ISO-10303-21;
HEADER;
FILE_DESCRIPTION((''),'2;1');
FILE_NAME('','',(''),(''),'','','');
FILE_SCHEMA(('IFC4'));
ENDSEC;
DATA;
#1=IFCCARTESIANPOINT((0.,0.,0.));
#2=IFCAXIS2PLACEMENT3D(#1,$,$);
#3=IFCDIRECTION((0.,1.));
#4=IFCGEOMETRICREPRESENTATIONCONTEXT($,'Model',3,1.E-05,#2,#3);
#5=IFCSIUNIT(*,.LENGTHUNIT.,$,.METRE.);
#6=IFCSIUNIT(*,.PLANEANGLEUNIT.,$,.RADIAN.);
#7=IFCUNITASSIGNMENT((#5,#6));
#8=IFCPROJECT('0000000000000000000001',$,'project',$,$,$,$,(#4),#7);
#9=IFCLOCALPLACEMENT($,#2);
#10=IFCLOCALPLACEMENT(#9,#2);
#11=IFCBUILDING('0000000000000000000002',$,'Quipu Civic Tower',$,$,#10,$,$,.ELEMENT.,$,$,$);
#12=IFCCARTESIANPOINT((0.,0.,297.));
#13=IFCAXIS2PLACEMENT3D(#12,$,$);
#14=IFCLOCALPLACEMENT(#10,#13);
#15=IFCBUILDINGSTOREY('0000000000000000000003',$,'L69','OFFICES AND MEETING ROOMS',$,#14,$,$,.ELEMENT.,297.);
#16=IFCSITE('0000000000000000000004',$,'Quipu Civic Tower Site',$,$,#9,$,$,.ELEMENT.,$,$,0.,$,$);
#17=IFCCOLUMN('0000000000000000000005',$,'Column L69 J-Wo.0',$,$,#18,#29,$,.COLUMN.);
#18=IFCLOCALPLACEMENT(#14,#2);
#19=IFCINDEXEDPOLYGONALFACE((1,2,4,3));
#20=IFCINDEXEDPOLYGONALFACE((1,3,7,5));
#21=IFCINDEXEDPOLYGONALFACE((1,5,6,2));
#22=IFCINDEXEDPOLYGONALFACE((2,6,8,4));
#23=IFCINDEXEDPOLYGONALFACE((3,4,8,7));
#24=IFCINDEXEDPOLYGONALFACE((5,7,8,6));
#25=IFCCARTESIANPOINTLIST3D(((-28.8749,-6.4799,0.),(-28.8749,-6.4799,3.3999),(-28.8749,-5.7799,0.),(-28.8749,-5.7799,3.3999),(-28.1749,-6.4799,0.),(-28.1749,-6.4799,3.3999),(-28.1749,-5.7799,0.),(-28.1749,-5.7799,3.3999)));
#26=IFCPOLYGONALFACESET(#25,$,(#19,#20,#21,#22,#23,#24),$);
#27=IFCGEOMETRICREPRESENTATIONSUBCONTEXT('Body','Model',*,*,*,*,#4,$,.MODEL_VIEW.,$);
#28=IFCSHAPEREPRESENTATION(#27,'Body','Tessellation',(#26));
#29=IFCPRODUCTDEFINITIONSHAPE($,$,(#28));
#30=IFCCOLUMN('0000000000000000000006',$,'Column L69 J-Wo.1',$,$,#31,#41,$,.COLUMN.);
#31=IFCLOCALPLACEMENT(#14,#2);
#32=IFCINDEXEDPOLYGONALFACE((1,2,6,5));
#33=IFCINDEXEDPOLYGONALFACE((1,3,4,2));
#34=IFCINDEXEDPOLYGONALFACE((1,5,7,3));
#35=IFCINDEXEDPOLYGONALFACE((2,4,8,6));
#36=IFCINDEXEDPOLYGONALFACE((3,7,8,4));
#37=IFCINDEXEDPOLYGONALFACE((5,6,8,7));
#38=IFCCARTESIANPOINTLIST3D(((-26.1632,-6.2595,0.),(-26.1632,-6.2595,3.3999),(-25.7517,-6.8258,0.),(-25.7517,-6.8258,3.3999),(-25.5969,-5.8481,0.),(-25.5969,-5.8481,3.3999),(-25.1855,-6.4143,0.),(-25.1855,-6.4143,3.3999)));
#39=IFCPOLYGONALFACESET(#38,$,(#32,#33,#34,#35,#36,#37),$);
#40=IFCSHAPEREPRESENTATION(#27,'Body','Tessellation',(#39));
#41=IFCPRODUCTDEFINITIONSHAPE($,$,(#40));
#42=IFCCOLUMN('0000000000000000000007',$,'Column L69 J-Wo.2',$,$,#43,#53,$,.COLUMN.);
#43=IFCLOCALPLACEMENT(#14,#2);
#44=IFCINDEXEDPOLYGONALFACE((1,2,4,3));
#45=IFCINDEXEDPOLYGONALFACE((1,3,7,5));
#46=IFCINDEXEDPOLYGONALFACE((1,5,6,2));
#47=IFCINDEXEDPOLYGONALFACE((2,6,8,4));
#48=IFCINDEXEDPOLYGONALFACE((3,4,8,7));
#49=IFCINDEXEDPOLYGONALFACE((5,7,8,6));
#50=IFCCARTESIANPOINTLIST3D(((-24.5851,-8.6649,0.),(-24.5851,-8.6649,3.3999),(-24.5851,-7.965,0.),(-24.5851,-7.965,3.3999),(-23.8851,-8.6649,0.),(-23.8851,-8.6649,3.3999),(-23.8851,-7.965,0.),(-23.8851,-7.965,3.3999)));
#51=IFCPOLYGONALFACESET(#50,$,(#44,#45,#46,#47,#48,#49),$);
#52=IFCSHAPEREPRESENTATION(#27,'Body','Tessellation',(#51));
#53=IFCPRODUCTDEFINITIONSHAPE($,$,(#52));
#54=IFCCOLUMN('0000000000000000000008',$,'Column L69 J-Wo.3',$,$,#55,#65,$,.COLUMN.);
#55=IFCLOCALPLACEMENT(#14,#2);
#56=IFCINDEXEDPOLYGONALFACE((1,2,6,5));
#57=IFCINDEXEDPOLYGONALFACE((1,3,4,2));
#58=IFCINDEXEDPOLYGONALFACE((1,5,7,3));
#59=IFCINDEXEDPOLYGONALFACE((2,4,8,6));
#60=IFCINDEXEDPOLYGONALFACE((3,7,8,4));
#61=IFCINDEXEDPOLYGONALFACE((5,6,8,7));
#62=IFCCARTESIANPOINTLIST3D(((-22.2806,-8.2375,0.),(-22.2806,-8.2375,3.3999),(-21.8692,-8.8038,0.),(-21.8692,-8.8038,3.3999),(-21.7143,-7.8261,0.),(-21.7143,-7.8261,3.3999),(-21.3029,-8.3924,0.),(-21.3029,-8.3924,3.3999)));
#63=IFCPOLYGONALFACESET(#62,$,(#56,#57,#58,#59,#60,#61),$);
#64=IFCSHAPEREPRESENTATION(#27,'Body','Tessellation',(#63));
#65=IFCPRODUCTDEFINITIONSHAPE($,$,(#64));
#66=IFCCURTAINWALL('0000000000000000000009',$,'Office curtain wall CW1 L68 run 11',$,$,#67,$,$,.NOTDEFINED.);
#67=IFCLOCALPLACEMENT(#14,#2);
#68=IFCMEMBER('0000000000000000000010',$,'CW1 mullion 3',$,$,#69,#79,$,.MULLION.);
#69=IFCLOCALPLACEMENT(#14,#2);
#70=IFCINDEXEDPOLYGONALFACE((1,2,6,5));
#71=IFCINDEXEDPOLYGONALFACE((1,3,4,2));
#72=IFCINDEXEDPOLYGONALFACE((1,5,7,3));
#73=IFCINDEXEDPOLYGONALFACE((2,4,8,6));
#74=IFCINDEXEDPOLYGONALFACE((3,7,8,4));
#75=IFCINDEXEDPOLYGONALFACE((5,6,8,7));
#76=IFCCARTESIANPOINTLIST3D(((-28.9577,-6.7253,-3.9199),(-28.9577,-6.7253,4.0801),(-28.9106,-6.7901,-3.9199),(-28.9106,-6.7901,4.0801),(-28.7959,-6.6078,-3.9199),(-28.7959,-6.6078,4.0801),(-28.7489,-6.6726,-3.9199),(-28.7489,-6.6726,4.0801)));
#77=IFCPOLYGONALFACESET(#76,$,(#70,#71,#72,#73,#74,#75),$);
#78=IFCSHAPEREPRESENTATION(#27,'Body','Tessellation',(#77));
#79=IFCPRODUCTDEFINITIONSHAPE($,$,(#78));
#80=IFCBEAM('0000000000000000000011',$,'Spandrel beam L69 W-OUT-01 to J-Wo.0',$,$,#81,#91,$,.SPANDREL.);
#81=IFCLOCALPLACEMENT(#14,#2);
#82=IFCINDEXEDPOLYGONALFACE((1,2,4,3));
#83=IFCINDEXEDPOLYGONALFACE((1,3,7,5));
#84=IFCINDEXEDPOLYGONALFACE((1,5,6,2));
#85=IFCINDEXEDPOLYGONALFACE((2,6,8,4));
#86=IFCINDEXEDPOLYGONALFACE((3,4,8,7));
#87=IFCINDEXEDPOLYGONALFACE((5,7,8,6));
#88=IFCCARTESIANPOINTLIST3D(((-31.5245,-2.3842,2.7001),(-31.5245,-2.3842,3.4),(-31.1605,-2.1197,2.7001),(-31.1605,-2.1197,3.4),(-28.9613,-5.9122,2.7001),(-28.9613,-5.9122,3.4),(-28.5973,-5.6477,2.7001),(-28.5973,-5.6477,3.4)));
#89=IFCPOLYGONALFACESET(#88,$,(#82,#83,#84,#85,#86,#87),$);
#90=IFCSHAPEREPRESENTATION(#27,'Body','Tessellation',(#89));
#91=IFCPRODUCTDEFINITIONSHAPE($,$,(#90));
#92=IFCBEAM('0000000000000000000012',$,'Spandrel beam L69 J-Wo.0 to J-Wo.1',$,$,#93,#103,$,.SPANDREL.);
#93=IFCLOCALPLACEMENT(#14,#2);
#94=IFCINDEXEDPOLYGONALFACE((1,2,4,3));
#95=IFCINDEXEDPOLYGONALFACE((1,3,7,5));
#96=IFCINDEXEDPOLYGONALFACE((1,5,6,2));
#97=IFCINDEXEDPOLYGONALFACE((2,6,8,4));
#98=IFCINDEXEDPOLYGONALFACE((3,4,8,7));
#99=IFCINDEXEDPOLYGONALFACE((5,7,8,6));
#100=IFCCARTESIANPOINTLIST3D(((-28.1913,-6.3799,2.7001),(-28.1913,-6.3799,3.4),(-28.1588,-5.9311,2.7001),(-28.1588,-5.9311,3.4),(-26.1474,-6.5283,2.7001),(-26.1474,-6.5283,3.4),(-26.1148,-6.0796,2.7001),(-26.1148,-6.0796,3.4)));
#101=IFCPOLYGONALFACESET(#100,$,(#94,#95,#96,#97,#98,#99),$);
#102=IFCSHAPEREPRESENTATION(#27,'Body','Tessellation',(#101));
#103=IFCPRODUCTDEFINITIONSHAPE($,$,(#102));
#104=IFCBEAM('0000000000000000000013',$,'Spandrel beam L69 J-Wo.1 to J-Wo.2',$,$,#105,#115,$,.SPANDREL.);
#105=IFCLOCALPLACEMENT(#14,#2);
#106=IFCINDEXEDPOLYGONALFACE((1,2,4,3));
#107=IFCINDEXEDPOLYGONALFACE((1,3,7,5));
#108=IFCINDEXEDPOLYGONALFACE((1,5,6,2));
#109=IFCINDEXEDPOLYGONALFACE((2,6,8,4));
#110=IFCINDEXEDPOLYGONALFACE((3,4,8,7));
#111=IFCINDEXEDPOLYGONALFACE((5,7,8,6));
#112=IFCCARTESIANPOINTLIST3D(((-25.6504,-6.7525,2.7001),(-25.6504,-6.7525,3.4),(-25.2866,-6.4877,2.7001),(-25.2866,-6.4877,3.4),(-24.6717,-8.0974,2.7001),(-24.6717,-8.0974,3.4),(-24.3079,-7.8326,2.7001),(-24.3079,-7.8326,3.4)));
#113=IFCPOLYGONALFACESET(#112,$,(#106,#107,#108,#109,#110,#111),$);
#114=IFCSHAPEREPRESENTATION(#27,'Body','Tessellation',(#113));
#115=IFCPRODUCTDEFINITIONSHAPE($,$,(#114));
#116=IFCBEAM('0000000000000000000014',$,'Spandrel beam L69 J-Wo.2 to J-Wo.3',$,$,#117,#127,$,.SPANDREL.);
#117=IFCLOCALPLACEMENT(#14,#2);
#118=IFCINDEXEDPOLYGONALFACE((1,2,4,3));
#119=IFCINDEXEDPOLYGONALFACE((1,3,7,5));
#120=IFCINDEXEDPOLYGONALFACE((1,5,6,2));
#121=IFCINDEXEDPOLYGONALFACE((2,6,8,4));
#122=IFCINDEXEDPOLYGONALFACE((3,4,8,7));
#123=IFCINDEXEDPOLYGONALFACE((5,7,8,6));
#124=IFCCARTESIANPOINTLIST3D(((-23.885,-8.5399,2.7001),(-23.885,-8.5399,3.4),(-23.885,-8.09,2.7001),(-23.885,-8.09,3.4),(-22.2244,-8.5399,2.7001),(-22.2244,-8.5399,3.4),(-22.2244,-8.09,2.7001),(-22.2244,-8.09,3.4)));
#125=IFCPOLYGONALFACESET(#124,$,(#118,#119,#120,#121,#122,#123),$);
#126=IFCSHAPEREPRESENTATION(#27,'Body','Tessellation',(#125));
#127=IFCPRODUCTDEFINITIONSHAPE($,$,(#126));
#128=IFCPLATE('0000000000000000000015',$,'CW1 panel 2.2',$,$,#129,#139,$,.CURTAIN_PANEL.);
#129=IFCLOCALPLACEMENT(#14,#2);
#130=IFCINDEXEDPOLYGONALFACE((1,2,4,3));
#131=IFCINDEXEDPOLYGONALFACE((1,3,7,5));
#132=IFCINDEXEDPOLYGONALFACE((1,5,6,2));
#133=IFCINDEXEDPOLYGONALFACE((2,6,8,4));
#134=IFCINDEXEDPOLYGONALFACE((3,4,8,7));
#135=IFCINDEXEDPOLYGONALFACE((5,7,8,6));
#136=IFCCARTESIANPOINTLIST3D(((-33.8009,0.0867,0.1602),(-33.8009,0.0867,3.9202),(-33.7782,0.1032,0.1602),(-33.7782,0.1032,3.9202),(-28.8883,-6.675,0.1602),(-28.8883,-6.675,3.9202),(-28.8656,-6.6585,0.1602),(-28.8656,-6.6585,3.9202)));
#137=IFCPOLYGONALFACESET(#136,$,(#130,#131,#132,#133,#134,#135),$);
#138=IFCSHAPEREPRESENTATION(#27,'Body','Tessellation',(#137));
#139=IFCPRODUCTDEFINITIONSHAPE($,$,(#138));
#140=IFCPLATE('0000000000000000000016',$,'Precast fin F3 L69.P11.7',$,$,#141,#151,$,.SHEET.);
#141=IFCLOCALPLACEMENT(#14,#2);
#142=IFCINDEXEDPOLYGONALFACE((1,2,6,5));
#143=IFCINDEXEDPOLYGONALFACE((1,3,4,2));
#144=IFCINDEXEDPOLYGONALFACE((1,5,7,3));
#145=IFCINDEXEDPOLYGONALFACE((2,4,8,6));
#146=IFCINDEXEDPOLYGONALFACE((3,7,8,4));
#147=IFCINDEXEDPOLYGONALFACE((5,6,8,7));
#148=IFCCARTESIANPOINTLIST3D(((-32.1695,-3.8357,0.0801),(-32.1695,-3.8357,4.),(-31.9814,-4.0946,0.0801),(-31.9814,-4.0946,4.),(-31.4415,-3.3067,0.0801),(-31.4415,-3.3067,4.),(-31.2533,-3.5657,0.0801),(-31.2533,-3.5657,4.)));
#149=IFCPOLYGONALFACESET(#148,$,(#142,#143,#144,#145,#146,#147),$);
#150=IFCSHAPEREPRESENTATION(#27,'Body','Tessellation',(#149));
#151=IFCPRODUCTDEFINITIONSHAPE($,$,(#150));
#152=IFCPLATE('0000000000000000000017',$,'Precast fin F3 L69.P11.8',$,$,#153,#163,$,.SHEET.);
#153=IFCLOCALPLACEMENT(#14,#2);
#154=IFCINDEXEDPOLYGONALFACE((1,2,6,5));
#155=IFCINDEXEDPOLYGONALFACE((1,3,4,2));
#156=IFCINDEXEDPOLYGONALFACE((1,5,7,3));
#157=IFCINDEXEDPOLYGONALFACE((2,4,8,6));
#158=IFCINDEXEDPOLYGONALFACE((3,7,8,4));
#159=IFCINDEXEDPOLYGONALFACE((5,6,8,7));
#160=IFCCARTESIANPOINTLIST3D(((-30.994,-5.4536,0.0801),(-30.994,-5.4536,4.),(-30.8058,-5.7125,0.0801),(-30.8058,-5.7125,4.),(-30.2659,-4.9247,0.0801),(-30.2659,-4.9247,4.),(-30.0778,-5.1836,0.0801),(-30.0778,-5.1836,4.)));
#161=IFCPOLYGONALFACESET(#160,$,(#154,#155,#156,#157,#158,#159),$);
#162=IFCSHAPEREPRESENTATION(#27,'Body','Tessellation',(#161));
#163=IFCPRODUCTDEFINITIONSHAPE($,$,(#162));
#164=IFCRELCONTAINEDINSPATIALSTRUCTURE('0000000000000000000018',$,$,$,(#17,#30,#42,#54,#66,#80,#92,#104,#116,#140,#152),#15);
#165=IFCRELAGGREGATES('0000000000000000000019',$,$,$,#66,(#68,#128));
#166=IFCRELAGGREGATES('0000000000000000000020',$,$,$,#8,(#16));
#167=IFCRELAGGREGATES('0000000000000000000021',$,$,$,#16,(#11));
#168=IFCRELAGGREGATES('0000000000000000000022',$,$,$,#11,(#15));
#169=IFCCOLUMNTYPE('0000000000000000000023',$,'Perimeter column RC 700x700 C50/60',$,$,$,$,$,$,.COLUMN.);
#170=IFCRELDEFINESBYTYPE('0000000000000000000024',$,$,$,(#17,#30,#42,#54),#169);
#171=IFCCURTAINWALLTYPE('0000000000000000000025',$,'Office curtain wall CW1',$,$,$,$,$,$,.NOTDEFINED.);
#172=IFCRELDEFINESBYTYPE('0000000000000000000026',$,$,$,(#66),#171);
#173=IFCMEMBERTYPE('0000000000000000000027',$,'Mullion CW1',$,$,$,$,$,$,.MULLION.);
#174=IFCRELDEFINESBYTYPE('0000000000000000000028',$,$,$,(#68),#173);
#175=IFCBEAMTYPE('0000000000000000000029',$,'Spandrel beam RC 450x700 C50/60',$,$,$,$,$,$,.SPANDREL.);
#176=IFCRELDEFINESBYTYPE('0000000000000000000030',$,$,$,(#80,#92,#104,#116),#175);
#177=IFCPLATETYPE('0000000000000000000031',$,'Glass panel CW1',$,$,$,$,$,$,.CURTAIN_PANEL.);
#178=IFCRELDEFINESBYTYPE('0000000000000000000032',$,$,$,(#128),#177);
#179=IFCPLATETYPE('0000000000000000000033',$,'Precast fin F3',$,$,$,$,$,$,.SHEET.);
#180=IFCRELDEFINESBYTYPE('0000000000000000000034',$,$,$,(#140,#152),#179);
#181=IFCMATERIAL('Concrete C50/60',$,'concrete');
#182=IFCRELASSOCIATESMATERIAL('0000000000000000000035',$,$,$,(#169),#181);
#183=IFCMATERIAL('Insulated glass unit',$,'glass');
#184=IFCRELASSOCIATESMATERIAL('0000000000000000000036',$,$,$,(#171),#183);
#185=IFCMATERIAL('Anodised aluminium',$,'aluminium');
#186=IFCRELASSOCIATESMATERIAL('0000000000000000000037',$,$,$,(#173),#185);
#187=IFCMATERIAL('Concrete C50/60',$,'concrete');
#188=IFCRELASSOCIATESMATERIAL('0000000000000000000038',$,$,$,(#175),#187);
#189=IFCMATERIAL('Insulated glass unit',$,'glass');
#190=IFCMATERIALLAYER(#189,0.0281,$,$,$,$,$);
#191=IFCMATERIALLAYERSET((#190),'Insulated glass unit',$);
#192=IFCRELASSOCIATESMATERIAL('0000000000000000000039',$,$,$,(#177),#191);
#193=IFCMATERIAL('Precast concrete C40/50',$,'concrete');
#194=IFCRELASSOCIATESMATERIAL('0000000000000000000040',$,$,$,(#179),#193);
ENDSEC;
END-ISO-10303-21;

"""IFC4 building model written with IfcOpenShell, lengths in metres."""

from ifc_helpers import new_model, si_unit, direction, frame, origin, origin_2d, place, context, subcontext, project, spatial, rectangle, extrude, material, layer, layer_set, material_profile, profile_set, type_object, element, aggregate, save


model = new_model("IFC4")

# Units and contexts
model_context = context("Model", 3, precision=1e-05, world=origin(), true_north=direction((0.0, 1.0)))
body_context = subcontext(model_context, "Body", "Model", "MODEL_VIEW")
ifc_project = project(units=[si_unit("LENGTHUNIT", "METRE"), si_unit("PLANEANGLEUNIT", "RADIAN")], contexts=[model_context])

# Site, building, storey
site_placement = place(None, origin())
site = spatial("IfcSite", under=ifc_project, at=site_placement, Name="Quipu Civic Tower Site", CompositionType="ELEMENT", RefElevation=0.0)
building_placement = place(site_placement, origin())
building = spatial("IfcBuilding", under=site, at=building_placement, Name="Quipu Civic Tower", CompositionType="ELEMENT")
storey_placement = place(building_placement, frame((0.0, 0.0, 297.0)))
storey = spatial("IfcBuildingStorey", under=building, at=storey_placement, Name="L69", Description="OFFICES AND MEETING ROOMS", CompositionType="ELEMENT", Elevation=297.0)

# Columns
ifc_material_1 = material(Name="Concrete C50/60", Category="concrete")
ifc_material_profile_1 = material_profile(ifc_material_1, rectangle(XDim=0.7, YDim=0.7, at=origin_2d()), Name="RC700x700")
ifc_profile_set_1 = profile_set([ifc_material_profile_1], Name="Concrete C50/60")
column_type = type_object("IfcColumnType", Name="Perimeter column RC 700x700 C50/60", PredefinedType="COLUMN", material=ifc_profile_set_1)
for number, where, z_axis, x_axis, name in (
    (1, (-28.5249, -6.1299, 0.0), (0.0, 0.0, 1.0), (1.0, 0.0, 0.0), "Column L69 J-Wo.0"),
    (2, (-25.6743, -6.3369, 0.0), (0.0, 0.0, 1.0), (0.587785, -0.809017, 0.0), "Column L69 J-Wo.1"),
    (3, (-24.2351, -8.3149, 0.0), (0.0, 0.0, 1.0), (1.0, 0.0, 0.0), "Column L69 J-Wo.2"),
    (4, (-21.7917, -8.3149, 0.0), (0.0, 0.0, 1.0), (0.587785, -0.809017, 0.0), "Column L69 J-Wo.3"),
):
    element("IfcColumn", number, at=place(storey_placement, frame(where, z_axis=z_axis, x_axis=x_axis)), inside=storey, type_object=column_type, Name=name, PredefinedType="COLUMN", context=body_context, shape_type="SweptSolid", body=[
        extrude(rectangle(XDim=0.7, YDim=0.7, at=origin_2d()), origin(), (0.0, 0.0, 1.0), 3.3999),
    ])

# Curtain wall, member
ifc_material_2 = material(Name="Insulated glass unit", Category="glass")
curtain_wall_type = type_object("IfcCurtainWallType", Name="Office curtain wall CW1", PredefinedType="NOTDEFINED", material=ifc_material_2)
curtain_wall_placement = place(storey_placement, origin())
curtain_wall = element("IfcCurtainWall", 5, at=curtain_wall_placement, inside=storey, type_object=curtain_wall_type, Name="Office curtain wall CW1 L68 run 11", PredefinedType="NOTDEFINED")
ifc_material_3 = material(Name="Anodised aluminium", Category="aluminium")
ifc_material_profile_2 = material_profile(ifc_material_3, rectangle(XDim=0.2, YDim=0.0801, at=origin_2d()), Name="RECT 200x80")
ifc_profile_set_2 = profile_set([ifc_material_profile_2], Name="Anodised aluminium")
member_type = type_object("IfcMemberType", Name="Mullion CW1", PredefinedType="MULLION", material=ifc_profile_set_2)
member_placement = place(storey_placement, frame((-28.8533, -6.699, -3.9199), z_axis=(0.0, 0.0, 1.0), x_axis=(0.809016, 0.587786, 0.0)))
member = element("IfcMember", 6, at=member_placement, type_object=member_type, Name="CW1 mullion 3", PredefinedType="MULLION", context=body_context, shape_type="SweptSolid", body=[
    extrude(rectangle(XDim=0.2, YDim=0.0801, at=origin_2d()), origin(), (0.0, 0.0, 1.0), 8.0),
])

# Beams
ifc_material_4 = material(Name="Concrete C50/60", Category="concrete")
ifc_material_profile_3 = material_profile(ifc_material_4, rectangle(XDim=0.45, YDim=0.7, at=origin_2d()), Name="RC450x700")
ifc_profile_set_3 = profile_set([ifc_material_profile_3], Name="Concrete C50/60")
beam_type = type_object("IfcBeamType", Name="Spandrel beam RC 450x700 C50/60", PredefinedType="SPANDREL", material=ifc_profile_set_3)
beam_1_placement = place(storey_placement, frame((-31.3425, -2.252, 3.05), z_axis=(0.587776, -0.809024, 0.0), x_axis=(0.809024, 0.587776, 0.0)))
element("IfcBeam", 7, at=beam_1_placement, inside=storey, type_object=beam_type, Name="Spandrel beam L69 W-OUT-01 to J-Wo.0", PredefinedType="SPANDREL", context=body_context, shape_type="SweptSolid", body=[
    extrude(rectangle(XDim=0.45, YDim=0.7, at=origin_2d()), origin(), (0.0, 0.0, 1.0), 4.3608),
])
beam_2_placement = place(storey_placement, frame((-28.175, -6.1555, 3.05), z_axis=(0.997373, -0.072432, 0.0), x_axis=(0.072432, 0.997373, 0.0)))
element("IfcBeam", 8, at=beam_2_placement, inside=storey, type_object=beam_type, Name="Spandrel beam L69 J-Wo.0 to J-Wo.1", PredefinedType="SPANDREL", context=body_context, shape_type="SweptSolid", body=[
    extrude(rectangle(XDim=0.45, YDim=0.7, at=origin_2d()), origin(), (0.0, 0.0, 1.0), 2.0493),
])
beam_3_placement = place(storey_placement, frame((-25.4685, -6.6201, 3.05), z_axis=(0.588407, -0.808565, 0.0), x_axis=(0.808565, 0.588407, 0.0)))
element("IfcBeam", 9, at=beam_3_placement, inside=storey, type_object=beam_type, Name="Spandrel beam L69 J-Wo.1 to J-Wo.2", PredefinedType="SPANDREL", context=body_context, shape_type="SweptSolid", body=[
    extrude(rectangle(XDim=0.45, YDim=0.7, at=origin_2d()), origin(), (0.0, 0.0, 1.0), 1.6633),
])
beam_4_placement = place(storey_placement, frame((-23.885, -8.3149, 3.05), z_axis=(1.0, 0.0, 0.0), x_axis=(0.0, 1.0, 0.0)))
element("IfcBeam", 10, at=beam_4_placement, inside=storey, type_object=beam_type, Name="Spandrel beam L69 J-Wo.2 to J-Wo.3", PredefinedType="SPANDREL", context=body_context, shape_type="SweptSolid", body=[
    extrude(rectangle(XDim=0.45, YDim=0.7, at=origin_2d()), origin(), (0.0, 0.0, 1.0), 1.6606),
])

# Plate
ifc_material_5 = material(Name="Insulated glass unit", Category="glass")
ifc_layer_1 = layer(ifc_material_5, 0.0281)
ifc_layer_set_1 = layer_set([ifc_layer_1], Name="Insulated glass unit")
plate_type_1 = type_object("IfcPlateType", Name="Glass panel CW1", PredefinedType="CURTAIN_PANEL", material=ifc_layer_set_1)
plate_placement = place(storey_placement, frame((-31.3333, -3.2859, 0.1602), z_axis=(0.0, 0.0, 1.0), x_axis=(0.587786, -0.809016, 0.0)))
plate = element("IfcPlate", 11, at=plate_placement, type_object=plate_type_1, Name="CW1 panel 2.2", PredefinedType="CURTAIN_PANEL", context=body_context, shape_type="SweptSolid", body=[
    extrude(rectangle(XDim=8.3579, YDim=0.0281, at=origin_2d()), origin(), (0.0, 0.0, 1.0), 3.76),
])
aggregate(curtain_wall, [member, plate])

# Plates
ifc_material_6 = material(Name="Precast concrete C40/50", Category="concrete")
plate_type_2 = type_object("IfcPlateType", Name="Precast fin F3", PredefinedType="SHEET", material=ifc_material_6)
for number, where, z_axis, x_axis, name in (
    (12, (-31.7114, -3.7007, 0.0801), (0.0, 0.0, 1.0), (0.587787, -0.809016, 0.0), "Precast fin F3 L69.P11.7"),
    (13, (-30.5359, -5.3186, 0.0801), (0.0, 0.0, 1.0), (0.587787, -0.809016, 0.0), "Precast fin F3 L69.P11.8"),
):
    element("IfcPlate", number, at=place(storey_placement, frame(where, z_axis=z_axis, x_axis=x_axis)), inside=storey, type_object=plate_type_2, Name=name, PredefinedType="SHEET", context=body_context, shape_type="SweptSolid", body=[
        extrude(rectangle(XDim=0.3201, YDim=0.8999, at=origin_2d()), origin(), (0.0, 0.0, 1.0), 3.9199),
    ])

save(model, "model.ifc")
